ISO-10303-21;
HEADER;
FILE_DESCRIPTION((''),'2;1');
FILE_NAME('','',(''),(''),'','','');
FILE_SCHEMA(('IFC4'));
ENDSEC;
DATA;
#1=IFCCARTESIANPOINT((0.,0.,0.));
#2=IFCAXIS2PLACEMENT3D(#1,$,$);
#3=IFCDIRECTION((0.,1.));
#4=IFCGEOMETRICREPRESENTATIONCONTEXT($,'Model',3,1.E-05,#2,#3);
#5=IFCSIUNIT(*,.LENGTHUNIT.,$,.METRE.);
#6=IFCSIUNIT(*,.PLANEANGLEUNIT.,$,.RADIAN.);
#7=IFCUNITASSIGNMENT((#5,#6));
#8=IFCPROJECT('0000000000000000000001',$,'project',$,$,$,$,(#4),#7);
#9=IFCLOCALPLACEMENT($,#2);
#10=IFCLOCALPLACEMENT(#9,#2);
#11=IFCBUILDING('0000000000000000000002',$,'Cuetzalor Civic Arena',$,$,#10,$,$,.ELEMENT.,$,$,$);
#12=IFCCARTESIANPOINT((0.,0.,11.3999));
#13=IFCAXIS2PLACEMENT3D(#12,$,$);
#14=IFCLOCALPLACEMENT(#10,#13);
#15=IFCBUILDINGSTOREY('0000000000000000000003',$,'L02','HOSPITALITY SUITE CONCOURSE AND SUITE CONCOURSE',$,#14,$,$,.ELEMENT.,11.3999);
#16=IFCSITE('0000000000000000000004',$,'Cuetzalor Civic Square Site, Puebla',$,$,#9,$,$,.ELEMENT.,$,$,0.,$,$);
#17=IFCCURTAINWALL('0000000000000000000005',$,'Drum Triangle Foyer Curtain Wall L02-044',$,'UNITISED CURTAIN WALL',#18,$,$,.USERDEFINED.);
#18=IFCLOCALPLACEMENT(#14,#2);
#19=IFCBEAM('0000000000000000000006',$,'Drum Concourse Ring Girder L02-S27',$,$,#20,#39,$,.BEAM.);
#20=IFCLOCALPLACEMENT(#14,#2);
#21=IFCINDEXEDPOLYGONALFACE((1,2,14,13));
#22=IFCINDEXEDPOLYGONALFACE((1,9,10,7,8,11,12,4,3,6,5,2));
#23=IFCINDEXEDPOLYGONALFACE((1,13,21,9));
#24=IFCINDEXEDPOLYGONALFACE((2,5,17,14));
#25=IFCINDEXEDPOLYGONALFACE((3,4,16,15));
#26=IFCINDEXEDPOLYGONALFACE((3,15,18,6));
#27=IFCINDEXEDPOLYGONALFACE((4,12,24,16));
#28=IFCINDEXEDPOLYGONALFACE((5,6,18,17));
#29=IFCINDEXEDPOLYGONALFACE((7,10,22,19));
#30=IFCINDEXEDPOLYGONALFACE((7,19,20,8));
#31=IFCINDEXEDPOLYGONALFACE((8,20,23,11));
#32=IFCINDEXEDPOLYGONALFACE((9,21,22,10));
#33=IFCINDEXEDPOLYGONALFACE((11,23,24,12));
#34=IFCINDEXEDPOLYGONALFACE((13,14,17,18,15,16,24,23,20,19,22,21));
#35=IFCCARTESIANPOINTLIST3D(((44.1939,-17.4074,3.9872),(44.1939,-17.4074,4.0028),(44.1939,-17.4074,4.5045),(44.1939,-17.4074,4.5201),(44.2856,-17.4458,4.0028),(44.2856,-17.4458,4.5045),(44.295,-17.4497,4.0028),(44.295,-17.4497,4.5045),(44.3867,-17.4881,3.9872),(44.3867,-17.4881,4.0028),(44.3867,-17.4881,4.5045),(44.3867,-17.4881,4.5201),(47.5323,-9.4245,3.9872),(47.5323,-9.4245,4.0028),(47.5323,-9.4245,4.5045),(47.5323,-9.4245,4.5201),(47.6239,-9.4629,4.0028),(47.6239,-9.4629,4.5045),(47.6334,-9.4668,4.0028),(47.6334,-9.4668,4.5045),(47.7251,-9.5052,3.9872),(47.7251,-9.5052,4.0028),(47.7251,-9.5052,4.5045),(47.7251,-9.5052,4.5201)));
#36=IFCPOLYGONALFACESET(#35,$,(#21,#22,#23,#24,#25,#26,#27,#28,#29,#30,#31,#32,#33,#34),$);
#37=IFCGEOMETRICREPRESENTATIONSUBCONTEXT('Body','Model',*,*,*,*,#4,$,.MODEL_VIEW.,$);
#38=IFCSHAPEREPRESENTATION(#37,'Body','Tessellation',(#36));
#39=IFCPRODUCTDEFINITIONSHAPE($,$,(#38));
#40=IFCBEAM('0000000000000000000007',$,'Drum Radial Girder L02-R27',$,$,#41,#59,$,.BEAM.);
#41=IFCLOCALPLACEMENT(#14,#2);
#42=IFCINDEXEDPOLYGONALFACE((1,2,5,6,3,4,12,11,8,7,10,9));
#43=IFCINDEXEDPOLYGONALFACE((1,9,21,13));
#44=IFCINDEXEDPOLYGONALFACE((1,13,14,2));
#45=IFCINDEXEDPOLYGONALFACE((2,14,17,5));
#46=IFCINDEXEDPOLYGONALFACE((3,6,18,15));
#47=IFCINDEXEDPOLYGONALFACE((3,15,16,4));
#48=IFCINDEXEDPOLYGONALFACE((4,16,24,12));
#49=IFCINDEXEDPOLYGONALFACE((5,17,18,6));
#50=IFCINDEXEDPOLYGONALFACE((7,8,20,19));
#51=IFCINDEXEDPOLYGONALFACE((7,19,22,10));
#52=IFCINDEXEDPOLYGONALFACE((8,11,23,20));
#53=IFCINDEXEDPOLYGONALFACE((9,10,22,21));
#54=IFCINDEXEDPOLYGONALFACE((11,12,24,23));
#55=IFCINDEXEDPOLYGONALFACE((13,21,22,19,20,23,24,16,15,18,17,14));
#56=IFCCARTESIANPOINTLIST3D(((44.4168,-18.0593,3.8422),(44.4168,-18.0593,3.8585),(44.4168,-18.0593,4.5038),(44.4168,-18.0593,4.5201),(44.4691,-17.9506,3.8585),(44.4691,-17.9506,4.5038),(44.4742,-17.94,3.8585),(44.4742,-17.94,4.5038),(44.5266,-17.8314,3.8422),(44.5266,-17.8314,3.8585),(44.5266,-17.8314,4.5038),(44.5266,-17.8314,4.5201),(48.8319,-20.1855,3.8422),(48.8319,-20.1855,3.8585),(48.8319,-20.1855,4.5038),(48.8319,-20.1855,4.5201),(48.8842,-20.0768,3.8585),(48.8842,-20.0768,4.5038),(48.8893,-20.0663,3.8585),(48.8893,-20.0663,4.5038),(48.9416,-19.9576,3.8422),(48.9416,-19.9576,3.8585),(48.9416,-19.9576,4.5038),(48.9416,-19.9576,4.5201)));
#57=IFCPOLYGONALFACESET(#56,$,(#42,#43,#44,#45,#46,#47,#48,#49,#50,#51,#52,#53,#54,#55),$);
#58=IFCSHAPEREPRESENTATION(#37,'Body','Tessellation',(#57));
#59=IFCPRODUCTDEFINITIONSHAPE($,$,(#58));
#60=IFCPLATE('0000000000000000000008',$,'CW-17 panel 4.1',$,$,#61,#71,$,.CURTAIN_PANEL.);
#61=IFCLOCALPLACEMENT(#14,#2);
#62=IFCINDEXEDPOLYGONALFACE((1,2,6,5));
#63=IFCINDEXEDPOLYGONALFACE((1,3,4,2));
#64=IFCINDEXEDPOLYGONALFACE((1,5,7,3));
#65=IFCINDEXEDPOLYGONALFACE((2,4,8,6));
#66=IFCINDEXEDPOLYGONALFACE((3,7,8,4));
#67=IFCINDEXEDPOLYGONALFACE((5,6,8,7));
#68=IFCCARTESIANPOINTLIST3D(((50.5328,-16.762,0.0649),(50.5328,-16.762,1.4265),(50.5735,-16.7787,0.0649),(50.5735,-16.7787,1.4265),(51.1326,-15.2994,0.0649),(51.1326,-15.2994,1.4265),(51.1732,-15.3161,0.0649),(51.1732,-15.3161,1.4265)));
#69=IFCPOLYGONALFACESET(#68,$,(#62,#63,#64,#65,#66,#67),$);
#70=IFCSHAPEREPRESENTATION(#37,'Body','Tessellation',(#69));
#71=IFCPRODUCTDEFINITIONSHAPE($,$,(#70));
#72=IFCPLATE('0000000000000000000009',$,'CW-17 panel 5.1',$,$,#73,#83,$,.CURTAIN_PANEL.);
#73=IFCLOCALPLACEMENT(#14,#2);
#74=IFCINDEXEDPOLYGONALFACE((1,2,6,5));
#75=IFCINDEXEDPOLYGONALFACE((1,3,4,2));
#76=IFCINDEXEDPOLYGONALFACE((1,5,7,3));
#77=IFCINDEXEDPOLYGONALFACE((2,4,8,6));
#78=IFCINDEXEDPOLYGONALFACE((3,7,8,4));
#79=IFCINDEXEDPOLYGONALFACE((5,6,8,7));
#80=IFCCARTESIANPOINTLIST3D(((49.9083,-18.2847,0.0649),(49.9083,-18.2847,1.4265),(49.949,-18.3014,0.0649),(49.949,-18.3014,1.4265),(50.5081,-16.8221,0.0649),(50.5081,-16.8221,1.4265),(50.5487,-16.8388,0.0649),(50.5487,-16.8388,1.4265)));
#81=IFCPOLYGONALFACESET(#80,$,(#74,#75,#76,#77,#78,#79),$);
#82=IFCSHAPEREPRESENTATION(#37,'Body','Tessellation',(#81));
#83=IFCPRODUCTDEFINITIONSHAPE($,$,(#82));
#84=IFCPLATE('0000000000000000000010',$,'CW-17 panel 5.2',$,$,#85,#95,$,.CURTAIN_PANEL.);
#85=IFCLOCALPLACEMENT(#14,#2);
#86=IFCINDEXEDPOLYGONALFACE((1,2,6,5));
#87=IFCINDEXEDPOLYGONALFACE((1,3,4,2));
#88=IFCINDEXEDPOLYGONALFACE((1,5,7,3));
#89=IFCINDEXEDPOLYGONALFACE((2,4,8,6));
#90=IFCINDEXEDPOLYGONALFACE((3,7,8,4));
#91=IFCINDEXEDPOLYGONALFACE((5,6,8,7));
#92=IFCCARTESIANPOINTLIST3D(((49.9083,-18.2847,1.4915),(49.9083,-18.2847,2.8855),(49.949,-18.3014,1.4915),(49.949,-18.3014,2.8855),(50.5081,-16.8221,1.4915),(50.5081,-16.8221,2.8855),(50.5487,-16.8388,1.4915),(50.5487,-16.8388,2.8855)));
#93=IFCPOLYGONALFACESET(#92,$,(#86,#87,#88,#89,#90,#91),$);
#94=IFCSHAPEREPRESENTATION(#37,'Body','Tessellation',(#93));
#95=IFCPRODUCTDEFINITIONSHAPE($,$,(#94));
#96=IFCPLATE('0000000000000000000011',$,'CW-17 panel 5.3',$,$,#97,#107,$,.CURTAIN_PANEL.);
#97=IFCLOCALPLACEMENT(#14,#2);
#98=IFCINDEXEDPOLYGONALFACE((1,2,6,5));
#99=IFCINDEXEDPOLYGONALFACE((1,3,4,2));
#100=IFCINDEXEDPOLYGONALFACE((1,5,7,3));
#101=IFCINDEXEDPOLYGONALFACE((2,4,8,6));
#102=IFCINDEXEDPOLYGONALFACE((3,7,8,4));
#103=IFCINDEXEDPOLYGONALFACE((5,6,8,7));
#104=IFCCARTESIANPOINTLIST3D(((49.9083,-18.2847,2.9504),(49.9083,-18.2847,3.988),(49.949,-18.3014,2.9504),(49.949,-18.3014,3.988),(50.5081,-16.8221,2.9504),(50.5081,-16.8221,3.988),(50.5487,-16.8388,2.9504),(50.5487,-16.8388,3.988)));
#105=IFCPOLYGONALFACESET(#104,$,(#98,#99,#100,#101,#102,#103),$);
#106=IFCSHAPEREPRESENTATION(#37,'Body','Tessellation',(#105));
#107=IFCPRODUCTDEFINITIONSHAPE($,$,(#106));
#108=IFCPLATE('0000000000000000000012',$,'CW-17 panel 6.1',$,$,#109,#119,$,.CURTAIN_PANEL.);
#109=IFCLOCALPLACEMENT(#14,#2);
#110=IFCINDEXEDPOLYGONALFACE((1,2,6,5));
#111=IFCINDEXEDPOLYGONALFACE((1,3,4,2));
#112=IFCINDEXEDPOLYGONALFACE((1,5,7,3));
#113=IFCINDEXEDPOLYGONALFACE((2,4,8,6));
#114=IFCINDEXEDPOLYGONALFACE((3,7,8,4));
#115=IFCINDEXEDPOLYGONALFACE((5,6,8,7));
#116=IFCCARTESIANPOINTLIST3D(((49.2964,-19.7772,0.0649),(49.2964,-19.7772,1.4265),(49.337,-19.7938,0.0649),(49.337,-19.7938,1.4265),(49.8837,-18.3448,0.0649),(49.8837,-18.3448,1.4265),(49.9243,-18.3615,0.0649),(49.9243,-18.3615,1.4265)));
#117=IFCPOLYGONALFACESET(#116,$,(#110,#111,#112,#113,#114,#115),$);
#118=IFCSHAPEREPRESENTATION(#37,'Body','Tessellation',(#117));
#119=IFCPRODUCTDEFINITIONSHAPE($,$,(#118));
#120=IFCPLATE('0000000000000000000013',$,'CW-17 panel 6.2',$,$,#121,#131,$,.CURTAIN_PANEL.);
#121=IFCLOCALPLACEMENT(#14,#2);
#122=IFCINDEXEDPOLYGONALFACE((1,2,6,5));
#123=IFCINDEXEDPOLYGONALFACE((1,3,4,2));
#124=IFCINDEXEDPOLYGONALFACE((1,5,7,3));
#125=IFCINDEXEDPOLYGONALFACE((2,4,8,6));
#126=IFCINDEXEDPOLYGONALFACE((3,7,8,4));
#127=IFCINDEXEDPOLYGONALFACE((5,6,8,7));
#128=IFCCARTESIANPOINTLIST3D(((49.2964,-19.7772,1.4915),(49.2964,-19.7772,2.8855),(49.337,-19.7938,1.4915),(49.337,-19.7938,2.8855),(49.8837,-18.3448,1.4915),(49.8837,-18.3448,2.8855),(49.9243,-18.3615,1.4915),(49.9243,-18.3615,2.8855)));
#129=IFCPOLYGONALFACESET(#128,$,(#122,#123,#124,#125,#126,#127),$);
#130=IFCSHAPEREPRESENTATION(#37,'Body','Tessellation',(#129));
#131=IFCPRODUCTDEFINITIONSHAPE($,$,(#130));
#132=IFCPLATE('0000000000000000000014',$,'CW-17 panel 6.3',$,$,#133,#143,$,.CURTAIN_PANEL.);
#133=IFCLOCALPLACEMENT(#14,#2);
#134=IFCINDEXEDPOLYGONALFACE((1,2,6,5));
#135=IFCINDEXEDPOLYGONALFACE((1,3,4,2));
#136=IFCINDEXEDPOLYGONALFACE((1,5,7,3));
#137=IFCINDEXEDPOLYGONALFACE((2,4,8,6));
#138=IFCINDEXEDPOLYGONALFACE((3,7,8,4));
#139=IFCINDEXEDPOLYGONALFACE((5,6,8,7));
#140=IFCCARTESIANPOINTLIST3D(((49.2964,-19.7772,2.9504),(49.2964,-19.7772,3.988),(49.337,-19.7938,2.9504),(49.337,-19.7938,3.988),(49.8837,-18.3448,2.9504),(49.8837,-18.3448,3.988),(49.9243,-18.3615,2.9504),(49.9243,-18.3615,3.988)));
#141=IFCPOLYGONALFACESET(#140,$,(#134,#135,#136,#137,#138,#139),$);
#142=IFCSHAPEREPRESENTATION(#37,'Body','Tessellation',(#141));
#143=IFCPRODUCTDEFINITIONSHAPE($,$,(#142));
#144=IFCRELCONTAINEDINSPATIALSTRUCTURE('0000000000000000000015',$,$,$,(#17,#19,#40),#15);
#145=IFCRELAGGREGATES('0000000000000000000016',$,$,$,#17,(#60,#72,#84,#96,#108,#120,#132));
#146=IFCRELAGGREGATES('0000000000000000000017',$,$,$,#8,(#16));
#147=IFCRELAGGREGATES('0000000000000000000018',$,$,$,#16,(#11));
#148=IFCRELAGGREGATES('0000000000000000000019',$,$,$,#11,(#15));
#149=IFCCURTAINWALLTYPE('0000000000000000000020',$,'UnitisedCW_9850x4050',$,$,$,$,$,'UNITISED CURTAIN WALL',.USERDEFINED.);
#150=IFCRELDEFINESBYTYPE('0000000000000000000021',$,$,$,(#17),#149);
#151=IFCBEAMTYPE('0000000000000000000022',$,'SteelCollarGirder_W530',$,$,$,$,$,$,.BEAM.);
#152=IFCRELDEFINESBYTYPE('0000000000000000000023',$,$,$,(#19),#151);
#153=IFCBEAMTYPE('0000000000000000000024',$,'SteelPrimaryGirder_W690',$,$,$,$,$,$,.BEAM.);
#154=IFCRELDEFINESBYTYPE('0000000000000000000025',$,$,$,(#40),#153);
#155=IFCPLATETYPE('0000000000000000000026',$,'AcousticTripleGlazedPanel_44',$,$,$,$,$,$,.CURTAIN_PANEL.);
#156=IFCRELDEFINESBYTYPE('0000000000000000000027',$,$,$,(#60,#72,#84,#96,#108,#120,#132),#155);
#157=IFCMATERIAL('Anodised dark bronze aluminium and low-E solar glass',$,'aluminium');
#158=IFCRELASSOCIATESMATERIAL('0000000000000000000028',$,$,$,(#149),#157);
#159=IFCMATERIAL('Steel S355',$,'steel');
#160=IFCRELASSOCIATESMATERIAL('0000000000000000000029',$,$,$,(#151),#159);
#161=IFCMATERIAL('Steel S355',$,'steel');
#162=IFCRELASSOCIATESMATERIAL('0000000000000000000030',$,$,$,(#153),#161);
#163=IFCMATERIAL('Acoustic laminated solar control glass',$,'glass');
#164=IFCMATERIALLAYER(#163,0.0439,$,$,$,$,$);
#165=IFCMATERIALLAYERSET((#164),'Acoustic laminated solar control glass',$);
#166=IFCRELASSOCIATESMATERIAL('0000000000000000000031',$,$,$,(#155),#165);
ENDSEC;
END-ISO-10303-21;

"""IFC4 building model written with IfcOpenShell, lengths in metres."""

from ifc_helpers import new_model, si_unit, direction, frame, origin, origin_2d, place, context, subcontext, project, spatial, rectangle, i_section, extrude, material, layer, layer_set, material_profile, profile_set, type_object, element, aggregate, save


model = new_model("IFC4")

# Units and contexts
model_context = context("Model", 3, precision=1e-05, world=origin(), true_north=direction((0.0, 1.0)))
body_context = subcontext(model_context, "Body", "Model", "MODEL_VIEW")
ifc_project = project(units=[si_unit("LENGTHUNIT", "METRE"), si_unit("PLANEANGLEUNIT", "RADIAN")], contexts=[model_context])

# Site, building, storey
site_placement = place(None, origin())
site = spatial("IfcSite", under=ifc_project, at=site_placement, Name="Cuetzalor Civic Square Site, Puebla", CompositionType="ELEMENT", RefElevation=0.0)
building_placement = place(site_placement, origin())
building = spatial("IfcBuilding", under=site, at=building_placement, Name="Cuetzalor Civic Arena", CompositionType="ELEMENT")
storey_placement = place(building_placement, frame((0.0, 0.0, 11.3999)))
storey = spatial("IfcBuildingStorey", under=building, at=storey_placement, Name="L02", Description="HOSPITALITY SUITE CONCOURSE AND SUITE CONCOURSE", CompositionType="ELEMENT", Elevation=11.3999)

# Curtain wall
ifc_material_1 = material(Name="Anodised dark bronze aluminium and low-E solar glass", Category="aluminium")
curtain_wall_type = type_object("IfcCurtainWallType", Name="UnitisedCW_9850x4050", ElementType="UNITISED CURTAIN WALL", PredefinedType="USERDEFINED", material=ifc_material_1)
curtain_wall_placement = place(storey_placement, origin())
curtain_wall = element("IfcCurtainWall", 1, at=curtain_wall_placement, inside=storey, type_object=curtain_wall_type, Name="Drum Triangle Foyer Curtain Wall L02-044", ObjectType="UNITISED CURTAIN WALL", PredefinedType="USERDEFINED")

# Beams
ifc_material_2 = material(Name="Steel S355", Category="steel")
ifc_material_profile_1 = material_profile(ifc_material_2, i_section(OverallWidth=0.209, OverallDepth=0.533, WebThickness=0.0103, FlangeThickness=0.0156, at=origin_2d()), Name="W530x92")
ifc_profile_set_1 = profile_set([ifc_material_profile_1], Name="Steel S355")
beam_type_1 = type_object("IfcBeamType", Name="SteelCollarGirder_W530", PredefinedType="BEAM", material=ifc_profile_set_1)
beam_1_placement = place(storey_placement, frame((44.2903, -17.4478, 4.2537), z_axis=(0.385813, 0.922577, 0.0), x_axis=(-0.922577, 0.385813, 0.0)))
element("IfcBeam", 2, at=beam_1_placement, inside=storey, type_object=beam_type_1, Name="Drum Concourse Ring Girder L02-S27", PredefinedType="BEAM", context=body_context, shape_type="SweptSolid", body=[
    extrude(i_section(OverallWidth=0.209, OverallDepth=0.533, WebThickness=0.0103, FlangeThickness=0.0156, at=origin_2d()), origin(), (0.0, 0.0, 1.0), 8.6528),
])
ifc_material_3 = material(Name="Steel S355", Category="steel")
ifc_material_profile_2 = material_profile(ifc_material_3, i_section(OverallWidth=0.2529, OverallDepth=0.678, WebThickness=0.0117, FlangeThickness=0.0164, at=origin_2d()), Name="W690x125")
ifc_profile_set_2 = profile_set([ifc_material_profile_2], Name="Steel S355")
beam_type_2 = type_object("IfcBeamType", Name="SteelPrimaryGirder_W690", PredefinedType="BEAM", material=ifc_profile_set_2)
beam_2_placement = place(storey_placement, frame((44.4717, -17.9453, 4.1812), z_axis=(0.900965, -0.433892, 0.0), x_axis=(0.433892, 0.900965, 0.0)))
element("IfcBeam", 3, at=beam_2_placement, inside=storey, type_object=beam_type_2, Name="Drum Radial Girder L02-R27", PredefinedType="BEAM", context=body_context, shape_type="SweptSolid", body=[
    extrude(i_section(OverallWidth=0.2529, OverallDepth=0.678, WebThickness=0.0117, FlangeThickness=0.0164, at=origin_2d()), origin(), (0.0, 0.0, 1.0), 4.9004),
])

# Plates
ifc_material_4 = material(Name="Acoustic laminated solar control glass", Category="glass")
ifc_layer = layer(ifc_material_4, 0.0439)
ifc_layer_set = layer_set([ifc_layer], Name="Acoustic laminated solar control glass")
plate_type = type_object("IfcPlateType", Name="AcousticTripleGlazedPanel_44", PredefinedType="CURTAIN_PANEL", material=ifc_layer_set)
plate_1_placement = place(storey_placement, frame((50.853, -16.0391, 0.0649), z_axis=(0.0, 0.0, 1.0), x_axis=(-0.379391, -0.925236, 0.0)))
plate_1 = element("IfcPlate", 4, at=plate_1_placement, type_object=plate_type, Name="CW-17 panel 4.1", PredefinedType="CURTAIN_PANEL", context=body_context, shape_type="SweptSolid", body=[
    extrude(rectangle(XDim=1.5808, YDim=0.0439, at=origin_2d()), origin(), (0.0, 0.0, 1.0), 1.3616),
])
plate_2_placement = place(storey_placement, frame((50.2285, -17.5618, 0.0649), z_axis=(0.0, 0.0, 1.0), x_axis=(-0.379391, -0.925236, 0.0)))
plate_2 = element("IfcPlate", 5, at=plate_2_placement, type_object=plate_type, Name="CW-17 panel 5.1", PredefinedType="CURTAIN_PANEL", context=body_context, shape_type="SweptSolid", body=[
    extrude(rectangle(XDim=1.5808, YDim=0.0439, at=origin_2d()), origin(), (0.0, 0.0, 1.0), 1.3616),
])
plate_3_placement = place(storey_placement, frame((50.2285, -17.5618, 1.4915), z_axis=(0.0, 0.0, 1.0), x_axis=(-0.379391, -0.925236, 0.0)))
plate_3 = element("IfcPlate", 6, at=plate_3_placement, type_object=plate_type, Name="CW-17 panel 5.2", PredefinedType="CURTAIN_PANEL", context=body_context, shape_type="SweptSolid", body=[
    extrude(rectangle(XDim=1.5808, YDim=0.0439, at=origin_2d()), origin(), (0.0, 0.0, 1.0), 1.394),
])
plate_4_placement = place(storey_placement, frame((50.2285, -17.5618, 2.9504), z_axis=(0.0, 0.0, 1.0), x_axis=(-0.379391, -0.925236, 0.0)))
plate_4 = element("IfcPlate", 7, at=plate_4_placement, type_object=plate_type, Name="CW-17 panel 5.3", PredefinedType="CURTAIN_PANEL", context=body_context, shape_type="SweptSolid", body=[
    extrude(rectangle(XDim=1.5808, YDim=0.0439, at=origin_2d()), origin(), (0.0, 0.0, 1.0), 1.0376),
])
plate_5_placement = place(storey_placement, frame((49.6104, -19.0693, 0.0649), z_axis=(0.0, 0.0, 1.0), x_axis=(-0.379391, -0.925236, 0.0)))
plate_5 = element("IfcPlate", 8, at=plate_5_placement, type_object=plate_type, Name="CW-17 panel 6.1", PredefinedType="CURTAIN_PANEL", context=body_context, shape_type="SweptSolid", body=[
    extrude(rectangle(XDim=1.5481, YDim=0.0439, at=origin_2d()), origin(), (0.0, 0.0, 1.0), 1.3616),
])
plate_6_placement = place(storey_placement, frame((49.6104, -19.0693, 1.4915), z_axis=(0.0, 0.0, 1.0), x_axis=(-0.379391, -0.925236, 0.0)))
plate_6 = element("IfcPlate", 9, at=plate_6_placement, type_object=plate_type, Name="CW-17 panel 6.2", PredefinedType="CURTAIN_PANEL", context=body_context, shape_type="SweptSolid", body=[
    extrude(rectangle(XDim=1.5481, YDim=0.0439, at=origin_2d()), origin(), (0.0, 0.0, 1.0), 1.394),
])
plate_7_placement = place(storey_placement, frame((49.6104, -19.0693, 2.9504), z_axis=(0.0, 0.0, 1.0), x_axis=(-0.379391, -0.925236, 0.0)))
plate_7 = element("IfcPlate", 10, at=plate_7_placement, type_object=plate_type, Name="CW-17 panel 6.3", PredefinedType="CURTAIN_PANEL", context=body_context, shape_type="SweptSolid", body=[
    extrude(rectangle(XDim=1.5481, YDim=0.0439, at=origin_2d()), origin(), (0.0, 0.0, 1.0), 1.0376),
])
aggregate(curtain_wall, [plate_1, plate_2, plate_3, plate_4, plate_5, plate_6, plate_7])

save(model, "model.ifc")
